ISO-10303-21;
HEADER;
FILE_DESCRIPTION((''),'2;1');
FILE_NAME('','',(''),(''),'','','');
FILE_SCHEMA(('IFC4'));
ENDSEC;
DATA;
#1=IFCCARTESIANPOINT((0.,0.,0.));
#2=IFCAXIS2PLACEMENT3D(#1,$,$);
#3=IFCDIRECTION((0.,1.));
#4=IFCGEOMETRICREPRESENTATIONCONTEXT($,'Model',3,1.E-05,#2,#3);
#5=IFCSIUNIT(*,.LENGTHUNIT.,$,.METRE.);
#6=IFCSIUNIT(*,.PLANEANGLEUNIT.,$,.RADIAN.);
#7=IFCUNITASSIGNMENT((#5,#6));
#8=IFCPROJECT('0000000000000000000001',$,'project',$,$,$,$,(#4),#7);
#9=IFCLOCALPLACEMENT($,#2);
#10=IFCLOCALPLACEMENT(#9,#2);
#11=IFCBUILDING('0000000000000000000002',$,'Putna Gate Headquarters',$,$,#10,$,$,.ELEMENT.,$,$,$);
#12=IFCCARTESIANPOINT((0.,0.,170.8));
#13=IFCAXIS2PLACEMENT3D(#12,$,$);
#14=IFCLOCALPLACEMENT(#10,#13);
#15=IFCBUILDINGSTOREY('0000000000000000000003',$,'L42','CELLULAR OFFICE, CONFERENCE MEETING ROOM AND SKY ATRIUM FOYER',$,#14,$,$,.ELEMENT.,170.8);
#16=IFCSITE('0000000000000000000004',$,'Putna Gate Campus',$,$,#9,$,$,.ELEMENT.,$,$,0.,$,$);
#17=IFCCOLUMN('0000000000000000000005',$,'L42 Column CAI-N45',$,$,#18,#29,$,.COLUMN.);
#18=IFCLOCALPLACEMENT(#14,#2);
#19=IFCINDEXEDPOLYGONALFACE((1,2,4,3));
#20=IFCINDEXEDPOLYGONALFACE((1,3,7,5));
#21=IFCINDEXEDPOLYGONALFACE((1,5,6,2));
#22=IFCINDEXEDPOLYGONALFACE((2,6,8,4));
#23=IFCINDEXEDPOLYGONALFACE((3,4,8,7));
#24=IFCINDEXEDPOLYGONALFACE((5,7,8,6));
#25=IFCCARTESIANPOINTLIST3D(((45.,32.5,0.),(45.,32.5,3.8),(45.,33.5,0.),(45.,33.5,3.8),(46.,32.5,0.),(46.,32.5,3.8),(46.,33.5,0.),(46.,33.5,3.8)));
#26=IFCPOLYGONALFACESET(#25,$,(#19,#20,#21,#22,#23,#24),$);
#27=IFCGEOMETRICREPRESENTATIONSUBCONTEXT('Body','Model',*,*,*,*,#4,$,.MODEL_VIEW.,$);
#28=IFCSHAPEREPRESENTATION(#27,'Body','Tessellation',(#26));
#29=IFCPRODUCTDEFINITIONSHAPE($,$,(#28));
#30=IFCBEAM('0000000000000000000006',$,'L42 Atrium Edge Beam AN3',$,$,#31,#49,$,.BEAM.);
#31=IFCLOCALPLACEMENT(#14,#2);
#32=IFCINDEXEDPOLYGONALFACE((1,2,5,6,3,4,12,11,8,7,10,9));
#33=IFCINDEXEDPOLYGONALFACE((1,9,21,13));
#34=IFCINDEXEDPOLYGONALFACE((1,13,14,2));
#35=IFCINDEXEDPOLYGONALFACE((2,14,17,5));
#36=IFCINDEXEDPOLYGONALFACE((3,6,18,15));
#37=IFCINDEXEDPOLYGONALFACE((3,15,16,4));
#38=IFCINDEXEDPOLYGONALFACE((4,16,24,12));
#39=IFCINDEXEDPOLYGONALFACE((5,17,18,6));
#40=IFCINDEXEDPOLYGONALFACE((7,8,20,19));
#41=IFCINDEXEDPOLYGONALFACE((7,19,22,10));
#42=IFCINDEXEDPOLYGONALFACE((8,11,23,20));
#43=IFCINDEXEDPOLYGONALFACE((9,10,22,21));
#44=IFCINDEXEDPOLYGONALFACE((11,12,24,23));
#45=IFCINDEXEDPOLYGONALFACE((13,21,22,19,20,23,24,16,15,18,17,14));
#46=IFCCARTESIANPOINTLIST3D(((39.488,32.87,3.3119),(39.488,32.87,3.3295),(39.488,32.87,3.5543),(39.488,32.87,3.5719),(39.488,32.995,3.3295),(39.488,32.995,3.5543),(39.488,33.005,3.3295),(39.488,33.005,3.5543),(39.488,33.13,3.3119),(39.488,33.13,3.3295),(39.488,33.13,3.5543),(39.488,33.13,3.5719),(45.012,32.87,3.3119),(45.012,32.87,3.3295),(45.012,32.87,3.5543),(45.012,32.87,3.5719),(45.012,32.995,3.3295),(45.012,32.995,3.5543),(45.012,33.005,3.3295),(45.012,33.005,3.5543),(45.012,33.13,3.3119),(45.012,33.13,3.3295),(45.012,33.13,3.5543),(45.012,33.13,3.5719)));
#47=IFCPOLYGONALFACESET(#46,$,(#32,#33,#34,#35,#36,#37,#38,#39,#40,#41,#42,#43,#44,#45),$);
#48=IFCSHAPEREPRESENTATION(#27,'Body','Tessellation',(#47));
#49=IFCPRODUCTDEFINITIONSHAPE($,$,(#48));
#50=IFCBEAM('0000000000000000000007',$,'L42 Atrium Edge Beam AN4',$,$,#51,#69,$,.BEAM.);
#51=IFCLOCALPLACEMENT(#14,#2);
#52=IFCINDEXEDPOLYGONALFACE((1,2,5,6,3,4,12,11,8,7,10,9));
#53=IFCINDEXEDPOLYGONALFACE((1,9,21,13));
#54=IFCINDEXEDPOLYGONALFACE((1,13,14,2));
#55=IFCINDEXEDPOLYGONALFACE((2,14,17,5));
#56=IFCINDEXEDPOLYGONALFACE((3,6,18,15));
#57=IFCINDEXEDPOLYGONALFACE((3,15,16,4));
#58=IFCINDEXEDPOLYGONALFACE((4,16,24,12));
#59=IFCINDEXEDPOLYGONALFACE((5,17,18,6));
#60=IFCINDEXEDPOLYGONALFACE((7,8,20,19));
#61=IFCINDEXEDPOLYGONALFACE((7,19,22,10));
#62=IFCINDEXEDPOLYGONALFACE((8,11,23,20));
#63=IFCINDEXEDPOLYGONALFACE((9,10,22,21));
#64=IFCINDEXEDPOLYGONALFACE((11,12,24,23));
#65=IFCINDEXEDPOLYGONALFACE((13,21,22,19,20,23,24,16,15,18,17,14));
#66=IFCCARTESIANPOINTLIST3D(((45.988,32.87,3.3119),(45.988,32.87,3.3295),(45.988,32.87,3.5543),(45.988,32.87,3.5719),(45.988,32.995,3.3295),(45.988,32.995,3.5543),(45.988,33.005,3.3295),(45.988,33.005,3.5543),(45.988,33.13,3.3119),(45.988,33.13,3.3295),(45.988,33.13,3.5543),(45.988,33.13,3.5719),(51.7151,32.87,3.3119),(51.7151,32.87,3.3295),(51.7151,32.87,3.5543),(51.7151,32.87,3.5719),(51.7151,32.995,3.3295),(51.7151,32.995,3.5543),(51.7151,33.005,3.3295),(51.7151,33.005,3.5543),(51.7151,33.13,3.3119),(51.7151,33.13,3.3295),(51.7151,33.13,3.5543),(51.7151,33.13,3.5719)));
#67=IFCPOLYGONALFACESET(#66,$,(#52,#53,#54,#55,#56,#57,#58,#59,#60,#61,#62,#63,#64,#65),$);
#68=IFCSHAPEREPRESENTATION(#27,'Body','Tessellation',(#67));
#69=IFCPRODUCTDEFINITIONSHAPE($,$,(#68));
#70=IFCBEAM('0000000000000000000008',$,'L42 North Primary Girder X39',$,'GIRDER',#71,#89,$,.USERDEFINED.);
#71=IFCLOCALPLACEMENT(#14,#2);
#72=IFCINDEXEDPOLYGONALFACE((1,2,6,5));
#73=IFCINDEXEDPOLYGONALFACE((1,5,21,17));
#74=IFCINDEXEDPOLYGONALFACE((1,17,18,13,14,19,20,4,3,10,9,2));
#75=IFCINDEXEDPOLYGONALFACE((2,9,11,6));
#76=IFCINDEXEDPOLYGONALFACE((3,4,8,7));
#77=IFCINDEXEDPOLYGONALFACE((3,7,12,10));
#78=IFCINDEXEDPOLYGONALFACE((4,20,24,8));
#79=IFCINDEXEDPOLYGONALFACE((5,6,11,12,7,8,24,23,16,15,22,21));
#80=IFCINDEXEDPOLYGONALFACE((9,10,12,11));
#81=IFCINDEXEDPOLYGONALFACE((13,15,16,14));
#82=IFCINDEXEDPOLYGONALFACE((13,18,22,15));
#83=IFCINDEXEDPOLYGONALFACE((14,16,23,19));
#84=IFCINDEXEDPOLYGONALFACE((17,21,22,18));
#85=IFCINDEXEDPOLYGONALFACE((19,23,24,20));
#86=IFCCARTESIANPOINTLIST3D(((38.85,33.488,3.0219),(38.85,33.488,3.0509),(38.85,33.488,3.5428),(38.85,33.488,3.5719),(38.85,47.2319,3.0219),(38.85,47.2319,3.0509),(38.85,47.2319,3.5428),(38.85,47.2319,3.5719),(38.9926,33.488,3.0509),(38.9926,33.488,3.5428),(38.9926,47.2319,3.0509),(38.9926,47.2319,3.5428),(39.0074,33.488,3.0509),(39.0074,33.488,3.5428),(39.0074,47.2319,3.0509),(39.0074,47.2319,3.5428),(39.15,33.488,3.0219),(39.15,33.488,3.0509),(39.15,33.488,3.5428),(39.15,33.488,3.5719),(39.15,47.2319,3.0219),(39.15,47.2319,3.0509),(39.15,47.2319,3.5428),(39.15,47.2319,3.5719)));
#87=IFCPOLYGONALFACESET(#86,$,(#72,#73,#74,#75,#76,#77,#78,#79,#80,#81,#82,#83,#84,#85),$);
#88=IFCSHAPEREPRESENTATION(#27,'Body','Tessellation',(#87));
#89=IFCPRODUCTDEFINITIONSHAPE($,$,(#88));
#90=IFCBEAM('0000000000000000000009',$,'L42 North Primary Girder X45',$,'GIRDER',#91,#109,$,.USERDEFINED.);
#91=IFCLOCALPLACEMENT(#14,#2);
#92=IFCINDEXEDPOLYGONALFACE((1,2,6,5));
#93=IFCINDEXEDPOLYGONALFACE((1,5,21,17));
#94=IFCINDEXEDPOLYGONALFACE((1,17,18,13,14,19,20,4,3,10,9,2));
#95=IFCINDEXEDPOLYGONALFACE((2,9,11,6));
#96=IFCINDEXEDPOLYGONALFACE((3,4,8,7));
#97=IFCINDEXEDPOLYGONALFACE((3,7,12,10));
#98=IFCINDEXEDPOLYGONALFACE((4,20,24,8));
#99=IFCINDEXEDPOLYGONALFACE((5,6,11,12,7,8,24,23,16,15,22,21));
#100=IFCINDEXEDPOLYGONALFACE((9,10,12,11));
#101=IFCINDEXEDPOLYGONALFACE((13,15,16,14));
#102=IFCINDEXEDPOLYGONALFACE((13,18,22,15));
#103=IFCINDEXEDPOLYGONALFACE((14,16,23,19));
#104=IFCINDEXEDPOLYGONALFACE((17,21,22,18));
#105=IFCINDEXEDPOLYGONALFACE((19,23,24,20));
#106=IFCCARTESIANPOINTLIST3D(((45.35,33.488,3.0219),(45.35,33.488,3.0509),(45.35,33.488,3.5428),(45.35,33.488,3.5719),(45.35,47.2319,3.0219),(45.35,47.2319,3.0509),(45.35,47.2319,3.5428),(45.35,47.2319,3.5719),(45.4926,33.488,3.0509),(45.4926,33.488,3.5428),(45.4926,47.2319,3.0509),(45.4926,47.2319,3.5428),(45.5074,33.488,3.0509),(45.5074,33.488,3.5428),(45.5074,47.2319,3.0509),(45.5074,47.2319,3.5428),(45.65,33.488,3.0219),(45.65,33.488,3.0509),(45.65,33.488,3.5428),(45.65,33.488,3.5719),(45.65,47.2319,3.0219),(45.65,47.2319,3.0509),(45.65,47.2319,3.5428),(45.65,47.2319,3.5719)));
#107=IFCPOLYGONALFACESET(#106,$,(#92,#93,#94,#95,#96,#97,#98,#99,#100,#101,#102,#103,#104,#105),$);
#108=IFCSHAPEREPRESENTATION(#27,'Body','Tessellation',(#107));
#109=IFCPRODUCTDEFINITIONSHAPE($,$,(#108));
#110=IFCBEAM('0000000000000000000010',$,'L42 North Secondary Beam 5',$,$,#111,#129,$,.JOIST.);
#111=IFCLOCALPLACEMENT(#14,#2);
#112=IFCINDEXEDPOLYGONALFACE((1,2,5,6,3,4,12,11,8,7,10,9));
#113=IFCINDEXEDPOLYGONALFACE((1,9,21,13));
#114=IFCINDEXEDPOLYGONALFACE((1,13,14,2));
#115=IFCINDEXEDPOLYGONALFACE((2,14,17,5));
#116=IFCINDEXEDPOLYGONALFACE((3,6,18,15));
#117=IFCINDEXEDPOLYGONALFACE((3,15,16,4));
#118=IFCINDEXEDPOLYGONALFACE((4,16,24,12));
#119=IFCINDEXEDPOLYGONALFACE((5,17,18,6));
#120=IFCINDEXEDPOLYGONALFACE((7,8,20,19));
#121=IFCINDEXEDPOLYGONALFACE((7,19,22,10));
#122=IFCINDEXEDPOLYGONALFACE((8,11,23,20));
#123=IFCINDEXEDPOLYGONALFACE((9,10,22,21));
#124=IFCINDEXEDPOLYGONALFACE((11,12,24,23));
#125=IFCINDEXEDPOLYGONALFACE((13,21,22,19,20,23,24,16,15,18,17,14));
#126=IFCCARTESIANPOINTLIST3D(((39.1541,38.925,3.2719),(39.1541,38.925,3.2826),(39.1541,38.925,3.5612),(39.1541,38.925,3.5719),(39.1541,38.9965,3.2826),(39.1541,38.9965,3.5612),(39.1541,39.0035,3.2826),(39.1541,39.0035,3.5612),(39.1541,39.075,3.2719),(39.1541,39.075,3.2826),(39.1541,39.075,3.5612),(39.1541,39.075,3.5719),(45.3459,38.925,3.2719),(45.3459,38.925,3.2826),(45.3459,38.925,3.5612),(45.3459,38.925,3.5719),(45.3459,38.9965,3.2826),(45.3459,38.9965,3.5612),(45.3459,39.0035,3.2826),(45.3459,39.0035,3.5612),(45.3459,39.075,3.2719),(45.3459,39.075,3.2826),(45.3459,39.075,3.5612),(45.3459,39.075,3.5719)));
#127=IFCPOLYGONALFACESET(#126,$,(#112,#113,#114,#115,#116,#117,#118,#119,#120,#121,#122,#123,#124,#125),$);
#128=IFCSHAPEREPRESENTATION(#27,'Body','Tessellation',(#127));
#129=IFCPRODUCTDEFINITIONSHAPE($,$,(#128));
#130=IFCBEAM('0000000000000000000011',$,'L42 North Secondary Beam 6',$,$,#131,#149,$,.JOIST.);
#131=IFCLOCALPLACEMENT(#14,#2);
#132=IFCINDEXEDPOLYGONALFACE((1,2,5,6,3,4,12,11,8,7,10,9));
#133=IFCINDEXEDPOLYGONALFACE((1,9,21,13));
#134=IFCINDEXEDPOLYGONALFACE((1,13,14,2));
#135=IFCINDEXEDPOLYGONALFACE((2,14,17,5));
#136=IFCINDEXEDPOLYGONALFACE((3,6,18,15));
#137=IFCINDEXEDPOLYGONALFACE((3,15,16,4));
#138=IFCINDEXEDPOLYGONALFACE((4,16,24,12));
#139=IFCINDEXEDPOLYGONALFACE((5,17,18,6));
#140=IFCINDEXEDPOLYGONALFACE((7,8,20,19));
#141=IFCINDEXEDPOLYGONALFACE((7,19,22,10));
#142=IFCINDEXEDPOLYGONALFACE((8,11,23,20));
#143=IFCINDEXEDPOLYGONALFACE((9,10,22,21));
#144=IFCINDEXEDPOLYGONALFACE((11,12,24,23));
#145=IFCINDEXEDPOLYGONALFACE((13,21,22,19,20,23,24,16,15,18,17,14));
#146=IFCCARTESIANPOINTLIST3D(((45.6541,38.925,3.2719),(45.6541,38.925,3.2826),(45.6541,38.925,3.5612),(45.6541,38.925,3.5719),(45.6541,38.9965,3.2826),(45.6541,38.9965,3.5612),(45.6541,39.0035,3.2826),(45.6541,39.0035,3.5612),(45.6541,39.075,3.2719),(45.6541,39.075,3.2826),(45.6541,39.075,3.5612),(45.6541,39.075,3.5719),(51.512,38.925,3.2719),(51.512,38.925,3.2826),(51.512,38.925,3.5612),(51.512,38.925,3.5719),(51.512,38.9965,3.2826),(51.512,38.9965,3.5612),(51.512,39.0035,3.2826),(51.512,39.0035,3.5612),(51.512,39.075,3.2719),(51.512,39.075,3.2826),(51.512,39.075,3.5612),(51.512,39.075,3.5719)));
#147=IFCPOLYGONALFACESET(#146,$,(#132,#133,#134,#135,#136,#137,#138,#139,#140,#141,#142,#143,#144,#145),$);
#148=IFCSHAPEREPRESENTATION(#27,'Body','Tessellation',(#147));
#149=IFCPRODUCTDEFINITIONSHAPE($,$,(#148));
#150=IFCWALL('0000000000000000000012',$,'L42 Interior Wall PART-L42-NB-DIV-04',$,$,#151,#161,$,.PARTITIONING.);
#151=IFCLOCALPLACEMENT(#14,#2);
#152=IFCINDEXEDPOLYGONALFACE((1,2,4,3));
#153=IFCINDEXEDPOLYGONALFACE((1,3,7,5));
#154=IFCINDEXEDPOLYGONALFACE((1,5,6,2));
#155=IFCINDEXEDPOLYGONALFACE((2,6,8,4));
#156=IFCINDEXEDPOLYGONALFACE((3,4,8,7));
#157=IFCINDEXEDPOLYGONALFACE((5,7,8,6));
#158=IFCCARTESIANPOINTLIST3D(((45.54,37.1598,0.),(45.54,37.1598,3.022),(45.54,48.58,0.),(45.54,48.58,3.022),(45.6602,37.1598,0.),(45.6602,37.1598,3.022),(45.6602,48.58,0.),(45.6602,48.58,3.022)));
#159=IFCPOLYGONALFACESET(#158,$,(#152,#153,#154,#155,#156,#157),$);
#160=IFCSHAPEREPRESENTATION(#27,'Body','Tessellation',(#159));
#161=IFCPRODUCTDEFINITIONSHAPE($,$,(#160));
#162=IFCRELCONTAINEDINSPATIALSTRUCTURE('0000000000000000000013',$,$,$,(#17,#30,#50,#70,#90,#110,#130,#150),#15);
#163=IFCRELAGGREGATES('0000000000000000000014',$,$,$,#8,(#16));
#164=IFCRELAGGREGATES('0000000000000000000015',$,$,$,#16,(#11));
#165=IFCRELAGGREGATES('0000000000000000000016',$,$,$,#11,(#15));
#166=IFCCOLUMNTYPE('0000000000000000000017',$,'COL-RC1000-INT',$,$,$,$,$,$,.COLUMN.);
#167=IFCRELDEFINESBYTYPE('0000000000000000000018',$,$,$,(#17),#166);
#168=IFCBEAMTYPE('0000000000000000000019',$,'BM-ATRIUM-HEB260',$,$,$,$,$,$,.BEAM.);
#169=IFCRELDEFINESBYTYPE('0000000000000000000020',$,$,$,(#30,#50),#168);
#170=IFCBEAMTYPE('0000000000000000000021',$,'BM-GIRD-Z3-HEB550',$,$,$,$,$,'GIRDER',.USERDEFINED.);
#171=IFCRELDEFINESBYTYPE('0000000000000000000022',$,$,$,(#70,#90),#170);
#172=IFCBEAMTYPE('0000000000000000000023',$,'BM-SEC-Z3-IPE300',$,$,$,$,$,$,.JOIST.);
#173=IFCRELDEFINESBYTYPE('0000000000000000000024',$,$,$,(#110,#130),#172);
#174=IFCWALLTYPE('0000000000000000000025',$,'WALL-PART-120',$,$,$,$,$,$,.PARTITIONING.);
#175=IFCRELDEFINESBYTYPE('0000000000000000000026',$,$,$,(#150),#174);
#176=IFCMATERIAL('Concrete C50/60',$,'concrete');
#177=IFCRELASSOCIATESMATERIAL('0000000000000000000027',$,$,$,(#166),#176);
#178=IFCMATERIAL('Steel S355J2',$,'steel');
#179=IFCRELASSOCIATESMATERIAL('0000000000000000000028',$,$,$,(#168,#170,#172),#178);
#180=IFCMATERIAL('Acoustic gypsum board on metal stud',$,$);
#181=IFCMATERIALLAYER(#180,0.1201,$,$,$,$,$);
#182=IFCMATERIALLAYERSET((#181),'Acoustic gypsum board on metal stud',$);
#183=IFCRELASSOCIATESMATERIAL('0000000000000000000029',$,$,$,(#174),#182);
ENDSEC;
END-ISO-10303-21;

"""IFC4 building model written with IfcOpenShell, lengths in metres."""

from ifc_helpers import new_model, si_unit, direction, frame, frame_2d, origin, origin_2d, place, context, subcontext, project, spatial, rectangle, i_section, extrude, material, layer, layer_set, material_profile, profile_set, type_object, element, save


model = new_model("IFC4")

# Units and contexts
model_context = context("Model", 3, precision=1e-05, world=origin(), true_north=direction((0.0, 1.0)))
body_context = subcontext(model_context, "Body", "Model", "MODEL_VIEW")
ifc_project = project(units=[si_unit("LENGTHUNIT", "METRE"), si_unit("PLANEANGLEUNIT", "RADIAN")], contexts=[model_context])

# Site, building, storey
site_placement = place(None, origin())
site = spatial("IfcSite", under=ifc_project, at=site_placement, Name="Putna Gate Campus", CompositionType="ELEMENT", RefElevation=0.0)
building_placement = place(site_placement, origin())
building = spatial("IfcBuilding", under=site, at=building_placement, Name="Putna Gate Headquarters", CompositionType="ELEMENT")
storey_placement = place(building_placement, frame((0.0, 0.0, 170.8)))
storey = spatial("IfcBuildingStorey", under=building, at=storey_placement, Name="L42", Description="CELLULAR OFFICE, CONFERENCE MEETING ROOM AND SKY ATRIUM FOYER", CompositionType="ELEMENT", Elevation=170.8)

# Column
ifc_material_1 = material(Name="Concrete C50/60", Category="concrete")
ifc_material_profile_1 = material_profile(ifc_material_1, rectangle(XDim=1.0, YDim=1.0, at=origin_2d()), Name="Concrete C50/60")
ifc_profile_set_1 = profile_set([ifc_material_profile_1], Name="Concrete C50/60")
column_type = type_object("IfcColumnType", Name="COL-RC1000-INT", PredefinedType="COLUMN", material=ifc_profile_set_1)
column_placement = place(storey_placement, frame((45.5, 33.0, 0.0), z_axis=(0.0, 0.0, 1.0), x_axis=(1.0, 0.0, 0.0)))
element("IfcColumn", 1, at=column_placement, inside=storey, type_object=column_type, Name="L42 Column CAI-N45", PredefinedType="COLUMN", context=body_context, shape_type="SweptSolid", body=[
    extrude(rectangle(XDim=1.0, YDim=1.0, at=origin_2d()), origin(), (0.0, 0.0, 1.0), 3.8),
])

# Beams
ifc_material_2 = material(Name="Steel S355J2", Category="steel")
ifc_material_profile_2 = material_profile(ifc_material_2, i_section(OverallWidth=0.26, OverallDepth=0.26, WebThickness=0.01, FlangeThickness=0.0176, at=origin_2d()), Name="Steel S355J2")
ifc_profile_set_2 = profile_set([ifc_material_profile_2], Name="Steel S355J2")
beam_type_1 = type_object("IfcBeamType", Name="BM-ATRIUM-HEB260", PredefinedType="BEAM", material=ifc_profile_set_2)
beam_1_placement = place(storey_placement, frame((39.488, 33.0, 3.4419), z_axis=(1.0, 0.0, 0.0), x_axis=(0.0, 1.0, 0.0)))
element("IfcBeam", 2, at=beam_1_placement, inside=storey, type_object=beam_type_1, Name="L42 Atrium Edge Beam AN3", PredefinedType="BEAM", context=body_context, shape_type="SweptSolid", body=[
    extrude(i_section(OverallWidth=0.26, OverallDepth=0.26, WebThickness=0.01, FlangeThickness=0.0176, at=origin_2d()), origin(), (0.0, 0.0, 1.0), 5.5239),
])
beam_2_placement = place(storey_placement, frame((45.988, 33.0, 3.4419), z_axis=(1.0, 0.0, 0.0), x_axis=(0.0, 1.0, 0.0)))
element("IfcBeam", 3, at=beam_2_placement, inside=storey, type_object=beam_type_1, Name="L42 Atrium Edge Beam AN4", PredefinedType="BEAM", context=body_context, shape_type="SweptSolid", body=[
    extrude(i_section(OverallWidth=0.26, OverallDepth=0.26, WebThickness=0.01, FlangeThickness=0.0176, at=origin_2d()), origin(), (0.0, 0.0, 1.0), 5.7271),
])
ifc_material_profile_3 = material_profile(ifc_material_2, i_section(OverallWidth=0.3, OverallDepth=0.55, WebThickness=0.0149, FlangeThickness=0.0291, at=origin_2d()), Name="Steel S355J2")
ifc_profile_set_3 = profile_set([ifc_material_profile_3], Name="Steel S355J2")
beam_type_2 = type_object("IfcBeamType", Name="BM-GIRD-Z3-HEB550", ElementType="GIRDER", PredefinedType="USERDEFINED", material=ifc_profile_set_3)
for number, where, z_axis, x_axis, name in (
    (4, (39.0, 33.488, 3.2969), (0.0, 1.0, 0.0), (-1.0, 0.0, 0.0), "L42 North Primary Girder X39"),
    (5, (45.5, 33.488, 3.2969), (0.0, 1.0, 0.0), (-1.0, 0.0, 0.0), "L42 North Primary Girder X45"),
):
    element("IfcBeam", number, at=place(storey_placement, frame(where, z_axis=z_axis, x_axis=x_axis)), inside=storey, type_object=beam_type_2, Name=name, ObjectType="GIRDER", PredefinedType="USERDEFINED", context=body_context, shape_type="SweptSolid", body=[
        extrude(i_section(OverallWidth=0.3, OverallDepth=0.55, WebThickness=0.0149, FlangeThickness=0.0291, at=origin_2d()), origin(), (0.0, 0.0, 1.0), 13.7439),
    ])
ifc_material_profile_4 = material_profile(ifc_material_2, i_section(OverallWidth=0.1499, OverallDepth=0.3, WebThickness=0.0071, FlangeThickness=0.0107, at=origin_2d()), Name="Steel S355J2")
ifc_profile_set_4 = profile_set([ifc_material_profile_4], Name="Steel S355J2")
beam_type_3 = type_object("IfcBeamType", Name="BM-SEC-Z3-IPE300", PredefinedType="JOIST", material=ifc_profile_set_4)
beam_3_placement = place(storey_placement, frame((39.1541, 39.0, 3.4219), z_axis=(1.0, 0.0, 0.0), x_axis=(0.0, 1.0, 0.0)))
element("IfcBeam", 6, at=beam_3_placement, inside=storey, type_object=beam_type_3, Name="L42 North Secondary Beam 5", PredefinedType="JOIST", context=body_context, shape_type="SweptSolid", body=[
    extrude(i_section(OverallWidth=0.1499, OverallDepth=0.3, WebThickness=0.0071, FlangeThickness=0.0107, at=origin_2d()), origin(), (0.0, 0.0, 1.0), 6.1919),
])
beam_4_placement = place(storey_placement, frame((45.6541, 39.0, 3.4219), z_axis=(1.0, 0.0, 0.0), x_axis=(0.0, 1.0, 0.0)))
element("IfcBeam", 7, at=beam_4_placement, inside=storey, type_object=beam_type_3, Name="L42 North Secondary Beam 6", PredefinedType="JOIST", context=body_context, shape_type="SweptSolid", body=[
    extrude(i_section(OverallWidth=0.1499, OverallDepth=0.3, WebThickness=0.0071, FlangeThickness=0.0107, at=origin_2d()), origin(), (0.0, 0.0, 1.0), 5.8579),
])

# Shared definitions
ifc_material_3 = material(Name="Acoustic gypsum board on metal stud")
ifc_layer_1 = layer(ifc_material_3, 0.1201)
ifc_layer_set_1 = layer_set([ifc_layer_1], Name="Acoustic gypsum board on metal stud")
wall_type_1 = type_object("IfcWallType", Name="WALL-PART-120", PredefinedType="PARTITIONING", material=ifc_layer_set_1)

# Wall
wall_1_placement = place(storey_placement, frame((45.6001, 37.1599, 0.0), z_axis=(0.0, 0.0, 1.0), x_axis=(0.0, 1.0, 0.0)))
element("IfcWall", 8, at=wall_1_placement, inside=storey, type_object=wall_type_1, Name="L42 Interior Wall PART-L42-NB-DIV-04", PredefinedType="PARTITIONING", context=body_context, shape_type="SweptSolid", body=[
    extrude(rectangle(XDim=11.4202, YDim=0.1201, at=frame_2d((5.71, 0.0))), origin(), (0.0, 0.0, 1.0), 3.022),
])

save(model, "model.ifc")
